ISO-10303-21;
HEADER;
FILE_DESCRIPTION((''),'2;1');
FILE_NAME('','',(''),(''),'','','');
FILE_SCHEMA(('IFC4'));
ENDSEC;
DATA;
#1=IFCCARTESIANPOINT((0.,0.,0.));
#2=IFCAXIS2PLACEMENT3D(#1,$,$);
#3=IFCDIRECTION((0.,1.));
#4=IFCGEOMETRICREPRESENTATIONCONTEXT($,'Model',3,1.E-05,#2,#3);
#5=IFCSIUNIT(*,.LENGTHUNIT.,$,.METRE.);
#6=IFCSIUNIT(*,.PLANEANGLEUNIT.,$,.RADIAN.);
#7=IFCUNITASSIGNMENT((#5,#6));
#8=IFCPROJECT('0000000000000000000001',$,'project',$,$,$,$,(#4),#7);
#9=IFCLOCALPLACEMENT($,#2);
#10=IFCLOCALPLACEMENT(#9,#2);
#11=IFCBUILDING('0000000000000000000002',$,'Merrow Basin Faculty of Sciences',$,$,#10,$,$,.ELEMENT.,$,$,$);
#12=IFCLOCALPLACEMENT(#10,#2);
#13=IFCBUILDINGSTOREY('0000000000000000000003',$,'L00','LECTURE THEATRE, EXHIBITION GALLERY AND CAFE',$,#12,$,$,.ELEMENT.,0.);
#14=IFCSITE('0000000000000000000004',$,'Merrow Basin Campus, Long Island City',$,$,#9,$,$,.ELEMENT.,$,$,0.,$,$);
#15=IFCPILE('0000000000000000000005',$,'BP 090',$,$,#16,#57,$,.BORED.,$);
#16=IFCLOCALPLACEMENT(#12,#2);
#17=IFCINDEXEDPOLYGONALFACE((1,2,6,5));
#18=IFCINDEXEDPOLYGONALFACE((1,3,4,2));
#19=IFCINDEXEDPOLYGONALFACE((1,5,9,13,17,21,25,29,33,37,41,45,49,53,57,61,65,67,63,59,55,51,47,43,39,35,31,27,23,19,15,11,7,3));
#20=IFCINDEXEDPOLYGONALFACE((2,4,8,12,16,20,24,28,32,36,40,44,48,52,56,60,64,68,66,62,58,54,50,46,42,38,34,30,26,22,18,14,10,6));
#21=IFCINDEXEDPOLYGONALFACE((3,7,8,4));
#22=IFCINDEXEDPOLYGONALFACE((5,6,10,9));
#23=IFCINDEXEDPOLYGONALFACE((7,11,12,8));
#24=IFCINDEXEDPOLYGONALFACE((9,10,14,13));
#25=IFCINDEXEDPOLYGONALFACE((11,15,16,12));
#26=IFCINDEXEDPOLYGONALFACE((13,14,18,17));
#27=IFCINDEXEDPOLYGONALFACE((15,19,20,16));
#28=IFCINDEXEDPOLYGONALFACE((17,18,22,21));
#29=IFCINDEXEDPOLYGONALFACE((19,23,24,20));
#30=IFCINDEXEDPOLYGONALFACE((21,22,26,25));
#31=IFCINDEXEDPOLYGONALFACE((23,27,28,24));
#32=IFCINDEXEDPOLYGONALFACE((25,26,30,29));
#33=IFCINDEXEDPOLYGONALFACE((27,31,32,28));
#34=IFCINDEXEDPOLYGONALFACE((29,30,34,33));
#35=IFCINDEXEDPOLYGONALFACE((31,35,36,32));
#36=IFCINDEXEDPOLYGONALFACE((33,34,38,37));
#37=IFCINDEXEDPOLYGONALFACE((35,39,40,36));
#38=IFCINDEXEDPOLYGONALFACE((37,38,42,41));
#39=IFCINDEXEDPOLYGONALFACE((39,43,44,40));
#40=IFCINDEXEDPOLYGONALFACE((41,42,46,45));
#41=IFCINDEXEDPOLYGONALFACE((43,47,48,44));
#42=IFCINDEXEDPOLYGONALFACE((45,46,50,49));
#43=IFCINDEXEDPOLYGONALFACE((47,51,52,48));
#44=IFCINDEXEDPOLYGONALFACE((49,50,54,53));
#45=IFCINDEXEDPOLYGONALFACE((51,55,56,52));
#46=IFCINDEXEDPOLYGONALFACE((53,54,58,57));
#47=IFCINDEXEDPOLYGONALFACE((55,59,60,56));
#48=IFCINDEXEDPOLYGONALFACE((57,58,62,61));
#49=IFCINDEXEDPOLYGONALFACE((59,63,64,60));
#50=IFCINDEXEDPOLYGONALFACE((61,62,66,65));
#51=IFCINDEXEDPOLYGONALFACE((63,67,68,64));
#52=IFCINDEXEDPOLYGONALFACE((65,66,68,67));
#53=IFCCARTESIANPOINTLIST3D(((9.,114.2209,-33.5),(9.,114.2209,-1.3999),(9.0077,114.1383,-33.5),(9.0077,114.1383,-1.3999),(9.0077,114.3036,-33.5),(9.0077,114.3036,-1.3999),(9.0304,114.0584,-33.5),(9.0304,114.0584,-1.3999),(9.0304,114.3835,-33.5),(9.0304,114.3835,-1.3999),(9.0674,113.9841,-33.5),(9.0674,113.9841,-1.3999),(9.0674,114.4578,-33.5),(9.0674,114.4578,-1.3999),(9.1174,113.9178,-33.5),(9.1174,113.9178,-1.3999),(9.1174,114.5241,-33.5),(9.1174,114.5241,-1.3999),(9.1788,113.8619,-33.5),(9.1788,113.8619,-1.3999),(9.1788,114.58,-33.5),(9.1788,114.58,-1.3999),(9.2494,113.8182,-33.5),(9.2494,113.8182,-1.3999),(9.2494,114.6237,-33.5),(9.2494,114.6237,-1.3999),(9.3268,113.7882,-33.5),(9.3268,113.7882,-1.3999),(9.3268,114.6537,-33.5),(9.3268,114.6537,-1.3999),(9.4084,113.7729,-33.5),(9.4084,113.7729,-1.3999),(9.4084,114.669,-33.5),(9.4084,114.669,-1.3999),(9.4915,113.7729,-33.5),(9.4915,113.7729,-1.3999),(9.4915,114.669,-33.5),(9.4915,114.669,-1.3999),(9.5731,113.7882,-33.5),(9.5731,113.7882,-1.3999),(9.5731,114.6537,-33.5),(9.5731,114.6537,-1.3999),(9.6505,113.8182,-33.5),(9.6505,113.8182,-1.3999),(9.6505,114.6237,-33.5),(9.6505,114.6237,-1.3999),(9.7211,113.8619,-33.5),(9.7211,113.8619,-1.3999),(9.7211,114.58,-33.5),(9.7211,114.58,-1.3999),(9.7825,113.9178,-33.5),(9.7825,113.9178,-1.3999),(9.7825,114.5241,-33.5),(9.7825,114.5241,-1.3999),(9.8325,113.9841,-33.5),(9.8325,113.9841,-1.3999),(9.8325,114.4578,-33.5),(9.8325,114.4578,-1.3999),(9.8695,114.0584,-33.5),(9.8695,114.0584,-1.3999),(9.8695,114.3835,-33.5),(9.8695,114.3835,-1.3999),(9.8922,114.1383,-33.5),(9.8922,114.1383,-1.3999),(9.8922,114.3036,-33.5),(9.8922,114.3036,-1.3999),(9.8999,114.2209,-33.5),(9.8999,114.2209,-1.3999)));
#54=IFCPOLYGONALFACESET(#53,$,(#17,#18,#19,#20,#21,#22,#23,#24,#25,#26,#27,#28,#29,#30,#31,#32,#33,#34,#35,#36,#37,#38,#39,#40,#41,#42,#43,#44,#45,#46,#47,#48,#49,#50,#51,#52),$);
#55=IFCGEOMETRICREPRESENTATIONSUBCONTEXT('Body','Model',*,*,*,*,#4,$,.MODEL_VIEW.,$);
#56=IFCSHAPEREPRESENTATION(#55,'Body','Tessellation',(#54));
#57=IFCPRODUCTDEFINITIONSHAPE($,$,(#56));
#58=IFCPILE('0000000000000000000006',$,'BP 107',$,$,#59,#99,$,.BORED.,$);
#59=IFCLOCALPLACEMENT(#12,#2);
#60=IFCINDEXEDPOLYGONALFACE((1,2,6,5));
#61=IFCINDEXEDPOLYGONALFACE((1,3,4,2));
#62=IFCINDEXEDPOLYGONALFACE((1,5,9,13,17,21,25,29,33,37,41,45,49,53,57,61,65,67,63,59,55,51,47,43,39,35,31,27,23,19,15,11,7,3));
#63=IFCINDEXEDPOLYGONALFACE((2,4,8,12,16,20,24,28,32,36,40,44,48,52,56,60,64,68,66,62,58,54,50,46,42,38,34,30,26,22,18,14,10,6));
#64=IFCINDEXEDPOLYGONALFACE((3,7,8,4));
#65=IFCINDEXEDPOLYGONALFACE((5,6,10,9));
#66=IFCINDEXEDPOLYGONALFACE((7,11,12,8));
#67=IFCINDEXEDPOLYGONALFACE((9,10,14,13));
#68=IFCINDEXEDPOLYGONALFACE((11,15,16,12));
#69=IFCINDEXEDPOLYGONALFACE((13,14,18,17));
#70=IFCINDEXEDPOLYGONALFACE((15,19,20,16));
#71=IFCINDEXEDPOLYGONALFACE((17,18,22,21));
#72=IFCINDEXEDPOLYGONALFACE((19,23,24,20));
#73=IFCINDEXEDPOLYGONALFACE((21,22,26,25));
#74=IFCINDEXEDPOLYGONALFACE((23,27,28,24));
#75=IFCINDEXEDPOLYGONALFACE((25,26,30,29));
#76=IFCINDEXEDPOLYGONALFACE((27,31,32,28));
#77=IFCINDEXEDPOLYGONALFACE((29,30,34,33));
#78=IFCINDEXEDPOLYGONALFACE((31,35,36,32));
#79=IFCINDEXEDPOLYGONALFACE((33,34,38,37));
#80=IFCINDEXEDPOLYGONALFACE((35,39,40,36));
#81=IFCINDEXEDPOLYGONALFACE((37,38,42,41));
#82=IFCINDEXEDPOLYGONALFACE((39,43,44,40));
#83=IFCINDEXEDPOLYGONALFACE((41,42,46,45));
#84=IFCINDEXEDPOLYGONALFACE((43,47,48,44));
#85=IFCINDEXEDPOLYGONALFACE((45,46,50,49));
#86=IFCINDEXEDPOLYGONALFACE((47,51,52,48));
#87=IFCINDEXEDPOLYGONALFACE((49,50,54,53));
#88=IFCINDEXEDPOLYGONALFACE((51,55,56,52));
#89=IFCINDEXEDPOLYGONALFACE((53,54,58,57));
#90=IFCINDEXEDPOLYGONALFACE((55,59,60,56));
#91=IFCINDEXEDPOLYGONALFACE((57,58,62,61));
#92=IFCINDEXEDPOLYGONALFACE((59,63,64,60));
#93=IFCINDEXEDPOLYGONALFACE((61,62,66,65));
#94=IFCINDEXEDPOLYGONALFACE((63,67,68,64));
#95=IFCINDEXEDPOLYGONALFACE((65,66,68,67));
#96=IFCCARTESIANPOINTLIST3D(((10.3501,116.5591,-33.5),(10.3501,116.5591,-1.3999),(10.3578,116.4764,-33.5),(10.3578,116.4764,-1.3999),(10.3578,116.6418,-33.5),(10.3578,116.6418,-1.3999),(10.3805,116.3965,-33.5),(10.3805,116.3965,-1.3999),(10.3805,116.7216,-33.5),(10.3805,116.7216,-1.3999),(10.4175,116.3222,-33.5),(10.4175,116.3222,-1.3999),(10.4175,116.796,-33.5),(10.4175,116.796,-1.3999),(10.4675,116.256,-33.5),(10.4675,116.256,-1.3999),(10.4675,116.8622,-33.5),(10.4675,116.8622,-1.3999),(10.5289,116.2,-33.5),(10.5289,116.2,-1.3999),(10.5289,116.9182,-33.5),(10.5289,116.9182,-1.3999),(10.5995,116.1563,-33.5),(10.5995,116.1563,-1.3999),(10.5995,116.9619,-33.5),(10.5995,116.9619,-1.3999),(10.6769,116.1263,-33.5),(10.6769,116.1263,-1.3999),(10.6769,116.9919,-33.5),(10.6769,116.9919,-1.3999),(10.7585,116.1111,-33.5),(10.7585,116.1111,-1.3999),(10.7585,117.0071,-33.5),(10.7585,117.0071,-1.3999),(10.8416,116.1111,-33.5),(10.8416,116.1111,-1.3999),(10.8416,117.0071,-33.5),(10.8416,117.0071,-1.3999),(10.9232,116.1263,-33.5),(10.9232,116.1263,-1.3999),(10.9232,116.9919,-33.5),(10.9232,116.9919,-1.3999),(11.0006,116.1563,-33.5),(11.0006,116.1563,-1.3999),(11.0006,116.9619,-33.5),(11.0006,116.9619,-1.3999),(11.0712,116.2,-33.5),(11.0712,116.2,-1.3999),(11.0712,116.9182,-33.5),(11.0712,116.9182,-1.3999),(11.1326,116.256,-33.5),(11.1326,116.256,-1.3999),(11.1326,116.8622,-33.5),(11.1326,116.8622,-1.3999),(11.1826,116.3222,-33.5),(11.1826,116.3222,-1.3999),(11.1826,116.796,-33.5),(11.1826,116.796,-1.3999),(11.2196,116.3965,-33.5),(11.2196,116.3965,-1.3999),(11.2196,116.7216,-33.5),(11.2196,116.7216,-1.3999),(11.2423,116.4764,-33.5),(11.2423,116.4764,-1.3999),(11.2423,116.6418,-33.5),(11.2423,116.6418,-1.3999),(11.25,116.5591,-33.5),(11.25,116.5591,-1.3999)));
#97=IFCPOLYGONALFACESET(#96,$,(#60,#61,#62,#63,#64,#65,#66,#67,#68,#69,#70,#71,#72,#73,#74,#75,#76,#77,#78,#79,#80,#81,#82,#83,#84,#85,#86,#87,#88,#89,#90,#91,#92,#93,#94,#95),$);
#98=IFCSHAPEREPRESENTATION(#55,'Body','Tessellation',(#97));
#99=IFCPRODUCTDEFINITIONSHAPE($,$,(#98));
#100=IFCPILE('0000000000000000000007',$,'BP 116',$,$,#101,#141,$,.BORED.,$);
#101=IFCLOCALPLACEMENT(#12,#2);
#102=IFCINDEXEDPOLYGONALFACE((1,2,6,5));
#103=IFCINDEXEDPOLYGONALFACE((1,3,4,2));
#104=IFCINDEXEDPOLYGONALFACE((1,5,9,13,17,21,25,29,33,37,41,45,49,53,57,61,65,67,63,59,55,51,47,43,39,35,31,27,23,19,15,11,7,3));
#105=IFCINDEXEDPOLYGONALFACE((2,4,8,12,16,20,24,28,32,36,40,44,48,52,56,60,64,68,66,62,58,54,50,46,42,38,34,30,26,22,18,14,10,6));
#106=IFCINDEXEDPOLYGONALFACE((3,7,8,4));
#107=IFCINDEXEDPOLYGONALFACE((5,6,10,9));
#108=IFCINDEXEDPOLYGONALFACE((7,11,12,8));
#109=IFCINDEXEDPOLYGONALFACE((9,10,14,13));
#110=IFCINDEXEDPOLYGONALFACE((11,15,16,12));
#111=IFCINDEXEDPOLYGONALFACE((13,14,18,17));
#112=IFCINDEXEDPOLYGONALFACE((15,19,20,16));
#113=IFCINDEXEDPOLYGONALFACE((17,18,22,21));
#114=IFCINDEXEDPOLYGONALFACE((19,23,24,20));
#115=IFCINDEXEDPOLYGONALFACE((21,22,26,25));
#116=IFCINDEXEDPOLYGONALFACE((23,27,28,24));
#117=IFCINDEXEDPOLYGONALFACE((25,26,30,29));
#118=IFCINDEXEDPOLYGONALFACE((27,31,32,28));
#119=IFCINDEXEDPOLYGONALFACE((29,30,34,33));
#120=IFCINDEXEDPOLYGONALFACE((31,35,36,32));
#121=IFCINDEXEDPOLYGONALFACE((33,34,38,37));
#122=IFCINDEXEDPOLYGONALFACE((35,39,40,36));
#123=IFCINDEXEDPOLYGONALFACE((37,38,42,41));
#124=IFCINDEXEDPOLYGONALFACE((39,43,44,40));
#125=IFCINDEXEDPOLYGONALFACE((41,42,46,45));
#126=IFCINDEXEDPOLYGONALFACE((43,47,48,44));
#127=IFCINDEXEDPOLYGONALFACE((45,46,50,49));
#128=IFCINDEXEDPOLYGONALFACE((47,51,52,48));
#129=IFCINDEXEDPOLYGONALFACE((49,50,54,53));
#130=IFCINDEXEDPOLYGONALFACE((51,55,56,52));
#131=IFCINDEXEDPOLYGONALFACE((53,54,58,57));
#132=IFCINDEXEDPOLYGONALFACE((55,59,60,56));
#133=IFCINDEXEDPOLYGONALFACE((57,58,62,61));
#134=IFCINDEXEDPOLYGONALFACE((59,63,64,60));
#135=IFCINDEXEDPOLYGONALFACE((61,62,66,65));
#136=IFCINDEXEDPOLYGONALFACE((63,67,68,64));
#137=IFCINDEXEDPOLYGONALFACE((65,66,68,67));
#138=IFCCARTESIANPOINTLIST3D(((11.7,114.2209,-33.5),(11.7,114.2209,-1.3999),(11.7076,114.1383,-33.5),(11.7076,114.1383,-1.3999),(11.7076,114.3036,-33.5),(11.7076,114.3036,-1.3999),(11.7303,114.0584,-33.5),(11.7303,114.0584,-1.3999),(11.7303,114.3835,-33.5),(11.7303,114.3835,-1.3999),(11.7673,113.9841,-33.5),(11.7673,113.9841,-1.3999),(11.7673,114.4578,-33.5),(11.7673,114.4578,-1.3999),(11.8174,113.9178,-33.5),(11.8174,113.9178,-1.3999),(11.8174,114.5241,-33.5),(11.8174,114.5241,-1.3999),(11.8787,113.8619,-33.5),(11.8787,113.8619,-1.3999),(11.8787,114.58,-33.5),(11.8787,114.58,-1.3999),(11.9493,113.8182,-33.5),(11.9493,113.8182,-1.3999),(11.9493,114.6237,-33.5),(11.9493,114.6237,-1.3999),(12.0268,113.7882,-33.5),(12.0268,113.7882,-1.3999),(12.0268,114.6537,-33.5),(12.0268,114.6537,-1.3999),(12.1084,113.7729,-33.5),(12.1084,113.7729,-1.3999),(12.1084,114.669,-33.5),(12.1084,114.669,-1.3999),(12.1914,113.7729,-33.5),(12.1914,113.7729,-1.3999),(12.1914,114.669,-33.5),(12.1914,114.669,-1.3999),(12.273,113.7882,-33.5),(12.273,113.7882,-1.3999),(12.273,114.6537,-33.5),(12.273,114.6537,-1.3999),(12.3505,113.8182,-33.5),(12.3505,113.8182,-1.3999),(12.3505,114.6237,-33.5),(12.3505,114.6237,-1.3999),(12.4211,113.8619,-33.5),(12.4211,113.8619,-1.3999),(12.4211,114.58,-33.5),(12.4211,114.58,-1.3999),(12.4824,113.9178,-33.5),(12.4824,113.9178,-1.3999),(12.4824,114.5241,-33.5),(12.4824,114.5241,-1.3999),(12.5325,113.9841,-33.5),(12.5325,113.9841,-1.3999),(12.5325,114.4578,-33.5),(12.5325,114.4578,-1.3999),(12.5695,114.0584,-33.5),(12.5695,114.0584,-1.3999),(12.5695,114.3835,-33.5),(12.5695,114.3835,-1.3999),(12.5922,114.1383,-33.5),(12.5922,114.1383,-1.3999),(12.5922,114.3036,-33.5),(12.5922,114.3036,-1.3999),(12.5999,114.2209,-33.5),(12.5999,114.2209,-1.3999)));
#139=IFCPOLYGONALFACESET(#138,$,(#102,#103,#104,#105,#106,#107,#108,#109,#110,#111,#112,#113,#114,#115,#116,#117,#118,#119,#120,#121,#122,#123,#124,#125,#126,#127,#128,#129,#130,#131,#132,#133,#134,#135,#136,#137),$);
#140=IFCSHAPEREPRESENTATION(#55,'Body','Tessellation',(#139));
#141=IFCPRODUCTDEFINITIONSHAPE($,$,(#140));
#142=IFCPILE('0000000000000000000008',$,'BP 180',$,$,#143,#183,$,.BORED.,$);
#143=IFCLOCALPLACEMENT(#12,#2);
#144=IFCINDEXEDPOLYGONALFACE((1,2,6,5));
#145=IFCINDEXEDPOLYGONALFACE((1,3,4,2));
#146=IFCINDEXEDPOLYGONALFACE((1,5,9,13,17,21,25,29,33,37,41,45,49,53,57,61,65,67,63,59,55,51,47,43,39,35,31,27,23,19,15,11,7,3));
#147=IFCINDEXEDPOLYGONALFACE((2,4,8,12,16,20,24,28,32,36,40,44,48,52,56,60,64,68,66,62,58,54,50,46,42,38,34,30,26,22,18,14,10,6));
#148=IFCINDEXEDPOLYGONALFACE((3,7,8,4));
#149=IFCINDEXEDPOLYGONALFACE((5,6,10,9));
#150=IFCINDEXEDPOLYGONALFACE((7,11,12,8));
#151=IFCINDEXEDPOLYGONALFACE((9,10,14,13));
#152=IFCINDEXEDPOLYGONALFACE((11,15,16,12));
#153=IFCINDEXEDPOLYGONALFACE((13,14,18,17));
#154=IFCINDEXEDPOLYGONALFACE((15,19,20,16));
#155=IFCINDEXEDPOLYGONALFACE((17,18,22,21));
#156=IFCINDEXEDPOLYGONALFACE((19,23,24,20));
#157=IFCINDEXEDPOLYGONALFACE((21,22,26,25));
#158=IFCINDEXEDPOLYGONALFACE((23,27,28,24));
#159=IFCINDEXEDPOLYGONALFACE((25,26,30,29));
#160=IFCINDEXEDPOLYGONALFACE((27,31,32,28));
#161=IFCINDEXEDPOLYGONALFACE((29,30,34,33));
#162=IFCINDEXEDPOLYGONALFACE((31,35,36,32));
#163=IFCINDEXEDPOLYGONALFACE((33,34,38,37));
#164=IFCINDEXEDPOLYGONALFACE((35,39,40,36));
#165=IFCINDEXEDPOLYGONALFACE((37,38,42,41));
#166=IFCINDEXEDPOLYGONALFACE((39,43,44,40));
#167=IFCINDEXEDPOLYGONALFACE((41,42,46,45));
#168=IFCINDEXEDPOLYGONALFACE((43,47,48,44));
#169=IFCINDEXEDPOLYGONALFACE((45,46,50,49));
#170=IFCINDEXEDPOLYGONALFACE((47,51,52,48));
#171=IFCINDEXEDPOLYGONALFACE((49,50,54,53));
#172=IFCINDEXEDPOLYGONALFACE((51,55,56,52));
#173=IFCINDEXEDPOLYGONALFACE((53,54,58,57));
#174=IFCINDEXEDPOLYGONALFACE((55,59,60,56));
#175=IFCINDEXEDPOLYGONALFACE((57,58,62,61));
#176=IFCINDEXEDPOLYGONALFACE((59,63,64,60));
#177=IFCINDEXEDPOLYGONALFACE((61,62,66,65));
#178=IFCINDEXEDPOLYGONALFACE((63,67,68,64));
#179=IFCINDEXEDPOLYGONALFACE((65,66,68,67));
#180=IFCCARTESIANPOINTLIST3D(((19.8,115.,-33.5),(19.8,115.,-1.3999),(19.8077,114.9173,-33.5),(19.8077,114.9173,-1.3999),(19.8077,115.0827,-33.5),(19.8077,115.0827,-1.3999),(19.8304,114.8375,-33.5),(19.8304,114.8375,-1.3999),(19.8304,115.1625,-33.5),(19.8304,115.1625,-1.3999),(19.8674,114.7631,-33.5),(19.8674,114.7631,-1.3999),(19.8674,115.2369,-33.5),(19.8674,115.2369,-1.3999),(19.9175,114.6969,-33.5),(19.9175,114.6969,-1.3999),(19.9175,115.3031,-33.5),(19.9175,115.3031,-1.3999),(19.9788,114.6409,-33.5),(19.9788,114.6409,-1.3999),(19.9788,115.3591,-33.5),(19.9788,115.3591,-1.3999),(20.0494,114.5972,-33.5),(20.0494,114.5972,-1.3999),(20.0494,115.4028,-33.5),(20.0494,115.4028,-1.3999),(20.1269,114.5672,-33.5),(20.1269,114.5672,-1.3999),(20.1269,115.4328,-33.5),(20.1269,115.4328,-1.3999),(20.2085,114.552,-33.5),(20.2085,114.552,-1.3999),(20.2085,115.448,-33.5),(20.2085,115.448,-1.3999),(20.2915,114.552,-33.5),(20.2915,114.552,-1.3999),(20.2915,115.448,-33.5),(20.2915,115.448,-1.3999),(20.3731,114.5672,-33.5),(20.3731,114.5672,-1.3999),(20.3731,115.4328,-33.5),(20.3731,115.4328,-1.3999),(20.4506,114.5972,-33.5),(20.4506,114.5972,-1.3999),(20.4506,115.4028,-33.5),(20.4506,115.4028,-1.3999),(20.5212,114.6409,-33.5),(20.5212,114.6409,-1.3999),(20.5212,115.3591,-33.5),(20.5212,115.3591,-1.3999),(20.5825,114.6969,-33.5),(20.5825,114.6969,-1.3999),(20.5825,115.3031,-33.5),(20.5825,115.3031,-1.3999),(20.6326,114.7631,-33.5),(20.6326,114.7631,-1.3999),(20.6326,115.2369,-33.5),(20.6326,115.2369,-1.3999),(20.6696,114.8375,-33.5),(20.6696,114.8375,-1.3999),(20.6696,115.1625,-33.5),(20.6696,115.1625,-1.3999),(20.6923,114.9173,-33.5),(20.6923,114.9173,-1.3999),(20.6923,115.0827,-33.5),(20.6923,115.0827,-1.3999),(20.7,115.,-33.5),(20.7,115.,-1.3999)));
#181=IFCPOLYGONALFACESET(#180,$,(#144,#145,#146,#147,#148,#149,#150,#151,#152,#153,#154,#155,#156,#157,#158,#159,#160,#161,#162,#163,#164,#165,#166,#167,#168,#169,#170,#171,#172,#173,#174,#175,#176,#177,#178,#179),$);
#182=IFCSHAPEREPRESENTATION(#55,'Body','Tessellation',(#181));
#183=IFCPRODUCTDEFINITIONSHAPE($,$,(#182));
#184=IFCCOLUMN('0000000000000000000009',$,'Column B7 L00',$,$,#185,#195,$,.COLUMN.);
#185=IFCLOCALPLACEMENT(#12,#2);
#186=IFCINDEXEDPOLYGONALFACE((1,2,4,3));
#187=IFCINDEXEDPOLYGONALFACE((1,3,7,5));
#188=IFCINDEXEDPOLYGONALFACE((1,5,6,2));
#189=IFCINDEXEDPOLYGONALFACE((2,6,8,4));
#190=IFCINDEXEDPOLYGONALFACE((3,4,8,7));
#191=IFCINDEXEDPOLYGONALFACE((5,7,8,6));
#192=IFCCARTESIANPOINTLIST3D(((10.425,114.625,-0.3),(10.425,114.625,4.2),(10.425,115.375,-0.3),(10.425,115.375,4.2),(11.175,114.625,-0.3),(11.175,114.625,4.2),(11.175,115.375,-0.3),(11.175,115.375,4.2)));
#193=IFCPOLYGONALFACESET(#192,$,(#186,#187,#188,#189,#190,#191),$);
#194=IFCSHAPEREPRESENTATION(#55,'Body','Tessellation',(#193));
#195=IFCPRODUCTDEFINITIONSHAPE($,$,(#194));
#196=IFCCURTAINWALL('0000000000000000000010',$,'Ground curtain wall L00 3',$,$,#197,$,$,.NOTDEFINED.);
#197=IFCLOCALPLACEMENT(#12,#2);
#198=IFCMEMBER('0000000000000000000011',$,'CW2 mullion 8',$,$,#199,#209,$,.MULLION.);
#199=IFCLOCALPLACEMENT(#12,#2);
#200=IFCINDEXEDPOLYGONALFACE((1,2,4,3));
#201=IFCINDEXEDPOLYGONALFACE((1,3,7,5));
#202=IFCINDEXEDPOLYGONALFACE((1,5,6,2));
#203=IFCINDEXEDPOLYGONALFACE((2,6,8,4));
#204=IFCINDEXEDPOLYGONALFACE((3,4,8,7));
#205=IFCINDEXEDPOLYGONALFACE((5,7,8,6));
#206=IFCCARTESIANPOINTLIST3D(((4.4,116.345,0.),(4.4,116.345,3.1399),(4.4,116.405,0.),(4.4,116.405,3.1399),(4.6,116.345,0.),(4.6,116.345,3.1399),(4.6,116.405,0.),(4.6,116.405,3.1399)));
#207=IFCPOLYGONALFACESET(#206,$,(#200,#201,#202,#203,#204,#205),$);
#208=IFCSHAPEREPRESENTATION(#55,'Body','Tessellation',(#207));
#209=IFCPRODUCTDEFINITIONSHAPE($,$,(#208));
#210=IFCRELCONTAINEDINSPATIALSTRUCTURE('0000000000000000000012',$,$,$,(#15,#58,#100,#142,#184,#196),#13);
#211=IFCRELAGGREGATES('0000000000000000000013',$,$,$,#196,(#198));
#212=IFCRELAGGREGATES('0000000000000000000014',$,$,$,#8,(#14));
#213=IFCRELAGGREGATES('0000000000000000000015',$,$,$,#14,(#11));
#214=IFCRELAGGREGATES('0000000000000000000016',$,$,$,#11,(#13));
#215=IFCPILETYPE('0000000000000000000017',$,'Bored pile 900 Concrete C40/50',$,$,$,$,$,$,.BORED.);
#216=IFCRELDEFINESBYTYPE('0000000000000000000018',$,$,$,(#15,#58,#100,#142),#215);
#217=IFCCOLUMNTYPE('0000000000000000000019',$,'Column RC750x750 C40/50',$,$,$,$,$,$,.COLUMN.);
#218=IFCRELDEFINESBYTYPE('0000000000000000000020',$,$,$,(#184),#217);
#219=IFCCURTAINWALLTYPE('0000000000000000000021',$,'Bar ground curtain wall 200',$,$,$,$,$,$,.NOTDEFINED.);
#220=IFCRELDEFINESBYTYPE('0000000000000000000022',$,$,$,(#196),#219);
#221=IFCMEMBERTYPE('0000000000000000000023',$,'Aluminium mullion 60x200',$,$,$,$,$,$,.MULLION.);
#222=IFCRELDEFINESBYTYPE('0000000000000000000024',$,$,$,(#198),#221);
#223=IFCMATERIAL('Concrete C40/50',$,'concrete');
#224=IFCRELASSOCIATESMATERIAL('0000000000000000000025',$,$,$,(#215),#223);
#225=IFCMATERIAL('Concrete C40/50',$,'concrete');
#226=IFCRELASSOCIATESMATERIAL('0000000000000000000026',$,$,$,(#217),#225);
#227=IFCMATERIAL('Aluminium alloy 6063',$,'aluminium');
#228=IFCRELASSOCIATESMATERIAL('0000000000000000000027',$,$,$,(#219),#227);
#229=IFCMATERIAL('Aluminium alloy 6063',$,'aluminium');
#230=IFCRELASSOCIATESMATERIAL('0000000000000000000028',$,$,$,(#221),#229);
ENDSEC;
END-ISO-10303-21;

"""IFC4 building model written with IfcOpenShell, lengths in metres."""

from ifc_helpers import new_model, si_unit, direction, frame, origin, origin_2d, place, context, subcontext, project, spatial, rectangle, circle, extrude, material, material_profile, profile_set, type_object, element, aggregate, save


model = new_model("IFC4")

# Units and contexts
model_context = context("Model", 3, precision=1e-05, world=origin(), true_north=direction((0.0, 1.0)))
body_context = subcontext(model_context, "Body", "Model", "MODEL_VIEW")
ifc_project = project(units=[si_unit("LENGTHUNIT", "METRE"), si_unit("PLANEANGLEUNIT", "RADIAN")], contexts=[model_context])

# Site, building, storey
site_placement = place(None, origin())
site = spatial("IfcSite", under=ifc_project, at=site_placement, Name="Merrow Basin Campus, Long Island City", CompositionType="ELEMENT", RefElevation=0.0)
building_placement = place(site_placement, origin())
building = spatial("IfcBuilding", under=site, at=building_placement, Name="Merrow Basin Faculty of Sciences", CompositionType="ELEMENT")
storey_placement = place(building_placement, origin())
storey = spatial("IfcBuildingStorey", under=building, at=storey_placement, Name="L00", Description="LECTURE THEATRE, EXHIBITION GALLERY AND CAFE", CompositionType="ELEMENT", Elevation=0.0)

# Piles
ifc_material_1 = material(Name="Concrete C40/50", Category="concrete")
ifc_material_profile_1 = material_profile(ifc_material_1, circle(Radius=0.45, at=origin_2d()))
ifc_profile_set_1 = profile_set([ifc_material_profile_1], Name="Concrete C40/50")
pile_type = type_object("IfcPileType", Name="Bored pile 900 Concrete C40/50", PredefinedType="BORED", material=ifc_profile_set_1)
for number, where, z_axis, x_axis, name in (
    (1, (9.45, 114.2209, -1.3999), (0.0, 0.0, -1.0), (1.0, 0.0, 0.0), "BP 090"),
    (2, (10.8, 116.5591, -1.3999), (0.0, 0.0, -1.0), (1.0, 0.0, 0.0), "BP 107"),
    (3, (12.1499, 114.2209, -1.3999), (0.0, 0.0, -1.0), (1.0, 0.0, 0.0), "BP 116"),
    (4, (20.25, 115.0, -1.3999), (0.0, 0.0, -1.0), (1.0, 0.0, 0.0), "BP 180"),
):
    element("IfcPile", number, at=place(storey_placement, frame(where, z_axis=z_axis, x_axis=x_axis)), inside=storey, type_object=pile_type, Name=name, PredefinedType="BORED", context=body_context, shape_type="SweptSolid", body=[
        extrude(circle(Radius=0.45, at=origin_2d()), origin(), (0.0, 0.0, 1.0), 32.1001),
    ])

# Column
ifc_material_2 = material(Name="Concrete C40/50", Category="concrete")
ifc_material_profile_2 = material_profile(ifc_material_2, rectangle(XDim=0.75, YDim=0.75, at=origin_2d()))
ifc_profile_set_2 = profile_set([ifc_material_profile_2], Name="Concrete C40/50")
column_type = type_object("IfcColumnType", Name="Column RC750x750 C40/50", PredefinedType="COLUMN", material=ifc_profile_set_2)
column_placement = place(storey_placement, frame((10.8, 115.0, -0.3), z_axis=(0.0, 0.0, 1.0), x_axis=(1.0, 0.0, 0.0)))
element("IfcColumn", 5, at=column_placement, inside=storey, type_object=column_type, Name="Column B7 L00", PredefinedType="COLUMN", context=body_context, shape_type="SweptSolid", body=[
    extrude(rectangle(XDim=0.75, YDim=0.75, at=origin_2d()), origin(), (0.0, 0.0, 1.0), 4.5),
])

# Curtain wall, member
ifc_material_3 = material(Name="Aluminium alloy 6063", Category="aluminium")
curtain_wall_type = type_object("IfcCurtainWallType", Name="Bar ground curtain wall 200", PredefinedType="NOTDEFINED", material=ifc_material_3)
curtain_wall_placement = place(storey_placement, origin())
curtain_wall = element("IfcCurtainWall", 6, at=curtain_wall_placement, inside=storey, type_object=curtain_wall_type, Name="Ground curtain wall L00 3", PredefinedType="NOTDEFINED")
ifc_material_4 = material(Name="Aluminium alloy 6063", Category="aluminium")
ifc_material_profile_3 = material_profile(ifc_material_4, rectangle(XDim=0.2, YDim=0.0601, at=origin_2d()))
ifc_profile_set_3 = profile_set([ifc_material_profile_3], Name="Aluminium alloy 6063")
member_type_1 = type_object("IfcMemberType", Name="Aluminium mullion 60x200", PredefinedType="MULLION", material=ifc_profile_set_3)
member_1_placement = place(storey_placement, frame((4.5, 116.375, 0.0), z_axis=(0.0, 0.0, 1.0), x_axis=(-1.0, 0.0, 0.0)))
member_1 = element("IfcMember", 7, at=member_1_placement, type_object=member_type_1, Name="CW2 mullion 8", PredefinedType="MULLION", context=body_context, shape_type="SweptSolid", body=[
    extrude(rectangle(XDim=0.2, YDim=0.0601, at=origin_2d()), origin(), (0.0, 0.0, 1.0), 3.1399),
])
aggregate(curtain_wall, [member_1])

save(model, "model.ifc")
